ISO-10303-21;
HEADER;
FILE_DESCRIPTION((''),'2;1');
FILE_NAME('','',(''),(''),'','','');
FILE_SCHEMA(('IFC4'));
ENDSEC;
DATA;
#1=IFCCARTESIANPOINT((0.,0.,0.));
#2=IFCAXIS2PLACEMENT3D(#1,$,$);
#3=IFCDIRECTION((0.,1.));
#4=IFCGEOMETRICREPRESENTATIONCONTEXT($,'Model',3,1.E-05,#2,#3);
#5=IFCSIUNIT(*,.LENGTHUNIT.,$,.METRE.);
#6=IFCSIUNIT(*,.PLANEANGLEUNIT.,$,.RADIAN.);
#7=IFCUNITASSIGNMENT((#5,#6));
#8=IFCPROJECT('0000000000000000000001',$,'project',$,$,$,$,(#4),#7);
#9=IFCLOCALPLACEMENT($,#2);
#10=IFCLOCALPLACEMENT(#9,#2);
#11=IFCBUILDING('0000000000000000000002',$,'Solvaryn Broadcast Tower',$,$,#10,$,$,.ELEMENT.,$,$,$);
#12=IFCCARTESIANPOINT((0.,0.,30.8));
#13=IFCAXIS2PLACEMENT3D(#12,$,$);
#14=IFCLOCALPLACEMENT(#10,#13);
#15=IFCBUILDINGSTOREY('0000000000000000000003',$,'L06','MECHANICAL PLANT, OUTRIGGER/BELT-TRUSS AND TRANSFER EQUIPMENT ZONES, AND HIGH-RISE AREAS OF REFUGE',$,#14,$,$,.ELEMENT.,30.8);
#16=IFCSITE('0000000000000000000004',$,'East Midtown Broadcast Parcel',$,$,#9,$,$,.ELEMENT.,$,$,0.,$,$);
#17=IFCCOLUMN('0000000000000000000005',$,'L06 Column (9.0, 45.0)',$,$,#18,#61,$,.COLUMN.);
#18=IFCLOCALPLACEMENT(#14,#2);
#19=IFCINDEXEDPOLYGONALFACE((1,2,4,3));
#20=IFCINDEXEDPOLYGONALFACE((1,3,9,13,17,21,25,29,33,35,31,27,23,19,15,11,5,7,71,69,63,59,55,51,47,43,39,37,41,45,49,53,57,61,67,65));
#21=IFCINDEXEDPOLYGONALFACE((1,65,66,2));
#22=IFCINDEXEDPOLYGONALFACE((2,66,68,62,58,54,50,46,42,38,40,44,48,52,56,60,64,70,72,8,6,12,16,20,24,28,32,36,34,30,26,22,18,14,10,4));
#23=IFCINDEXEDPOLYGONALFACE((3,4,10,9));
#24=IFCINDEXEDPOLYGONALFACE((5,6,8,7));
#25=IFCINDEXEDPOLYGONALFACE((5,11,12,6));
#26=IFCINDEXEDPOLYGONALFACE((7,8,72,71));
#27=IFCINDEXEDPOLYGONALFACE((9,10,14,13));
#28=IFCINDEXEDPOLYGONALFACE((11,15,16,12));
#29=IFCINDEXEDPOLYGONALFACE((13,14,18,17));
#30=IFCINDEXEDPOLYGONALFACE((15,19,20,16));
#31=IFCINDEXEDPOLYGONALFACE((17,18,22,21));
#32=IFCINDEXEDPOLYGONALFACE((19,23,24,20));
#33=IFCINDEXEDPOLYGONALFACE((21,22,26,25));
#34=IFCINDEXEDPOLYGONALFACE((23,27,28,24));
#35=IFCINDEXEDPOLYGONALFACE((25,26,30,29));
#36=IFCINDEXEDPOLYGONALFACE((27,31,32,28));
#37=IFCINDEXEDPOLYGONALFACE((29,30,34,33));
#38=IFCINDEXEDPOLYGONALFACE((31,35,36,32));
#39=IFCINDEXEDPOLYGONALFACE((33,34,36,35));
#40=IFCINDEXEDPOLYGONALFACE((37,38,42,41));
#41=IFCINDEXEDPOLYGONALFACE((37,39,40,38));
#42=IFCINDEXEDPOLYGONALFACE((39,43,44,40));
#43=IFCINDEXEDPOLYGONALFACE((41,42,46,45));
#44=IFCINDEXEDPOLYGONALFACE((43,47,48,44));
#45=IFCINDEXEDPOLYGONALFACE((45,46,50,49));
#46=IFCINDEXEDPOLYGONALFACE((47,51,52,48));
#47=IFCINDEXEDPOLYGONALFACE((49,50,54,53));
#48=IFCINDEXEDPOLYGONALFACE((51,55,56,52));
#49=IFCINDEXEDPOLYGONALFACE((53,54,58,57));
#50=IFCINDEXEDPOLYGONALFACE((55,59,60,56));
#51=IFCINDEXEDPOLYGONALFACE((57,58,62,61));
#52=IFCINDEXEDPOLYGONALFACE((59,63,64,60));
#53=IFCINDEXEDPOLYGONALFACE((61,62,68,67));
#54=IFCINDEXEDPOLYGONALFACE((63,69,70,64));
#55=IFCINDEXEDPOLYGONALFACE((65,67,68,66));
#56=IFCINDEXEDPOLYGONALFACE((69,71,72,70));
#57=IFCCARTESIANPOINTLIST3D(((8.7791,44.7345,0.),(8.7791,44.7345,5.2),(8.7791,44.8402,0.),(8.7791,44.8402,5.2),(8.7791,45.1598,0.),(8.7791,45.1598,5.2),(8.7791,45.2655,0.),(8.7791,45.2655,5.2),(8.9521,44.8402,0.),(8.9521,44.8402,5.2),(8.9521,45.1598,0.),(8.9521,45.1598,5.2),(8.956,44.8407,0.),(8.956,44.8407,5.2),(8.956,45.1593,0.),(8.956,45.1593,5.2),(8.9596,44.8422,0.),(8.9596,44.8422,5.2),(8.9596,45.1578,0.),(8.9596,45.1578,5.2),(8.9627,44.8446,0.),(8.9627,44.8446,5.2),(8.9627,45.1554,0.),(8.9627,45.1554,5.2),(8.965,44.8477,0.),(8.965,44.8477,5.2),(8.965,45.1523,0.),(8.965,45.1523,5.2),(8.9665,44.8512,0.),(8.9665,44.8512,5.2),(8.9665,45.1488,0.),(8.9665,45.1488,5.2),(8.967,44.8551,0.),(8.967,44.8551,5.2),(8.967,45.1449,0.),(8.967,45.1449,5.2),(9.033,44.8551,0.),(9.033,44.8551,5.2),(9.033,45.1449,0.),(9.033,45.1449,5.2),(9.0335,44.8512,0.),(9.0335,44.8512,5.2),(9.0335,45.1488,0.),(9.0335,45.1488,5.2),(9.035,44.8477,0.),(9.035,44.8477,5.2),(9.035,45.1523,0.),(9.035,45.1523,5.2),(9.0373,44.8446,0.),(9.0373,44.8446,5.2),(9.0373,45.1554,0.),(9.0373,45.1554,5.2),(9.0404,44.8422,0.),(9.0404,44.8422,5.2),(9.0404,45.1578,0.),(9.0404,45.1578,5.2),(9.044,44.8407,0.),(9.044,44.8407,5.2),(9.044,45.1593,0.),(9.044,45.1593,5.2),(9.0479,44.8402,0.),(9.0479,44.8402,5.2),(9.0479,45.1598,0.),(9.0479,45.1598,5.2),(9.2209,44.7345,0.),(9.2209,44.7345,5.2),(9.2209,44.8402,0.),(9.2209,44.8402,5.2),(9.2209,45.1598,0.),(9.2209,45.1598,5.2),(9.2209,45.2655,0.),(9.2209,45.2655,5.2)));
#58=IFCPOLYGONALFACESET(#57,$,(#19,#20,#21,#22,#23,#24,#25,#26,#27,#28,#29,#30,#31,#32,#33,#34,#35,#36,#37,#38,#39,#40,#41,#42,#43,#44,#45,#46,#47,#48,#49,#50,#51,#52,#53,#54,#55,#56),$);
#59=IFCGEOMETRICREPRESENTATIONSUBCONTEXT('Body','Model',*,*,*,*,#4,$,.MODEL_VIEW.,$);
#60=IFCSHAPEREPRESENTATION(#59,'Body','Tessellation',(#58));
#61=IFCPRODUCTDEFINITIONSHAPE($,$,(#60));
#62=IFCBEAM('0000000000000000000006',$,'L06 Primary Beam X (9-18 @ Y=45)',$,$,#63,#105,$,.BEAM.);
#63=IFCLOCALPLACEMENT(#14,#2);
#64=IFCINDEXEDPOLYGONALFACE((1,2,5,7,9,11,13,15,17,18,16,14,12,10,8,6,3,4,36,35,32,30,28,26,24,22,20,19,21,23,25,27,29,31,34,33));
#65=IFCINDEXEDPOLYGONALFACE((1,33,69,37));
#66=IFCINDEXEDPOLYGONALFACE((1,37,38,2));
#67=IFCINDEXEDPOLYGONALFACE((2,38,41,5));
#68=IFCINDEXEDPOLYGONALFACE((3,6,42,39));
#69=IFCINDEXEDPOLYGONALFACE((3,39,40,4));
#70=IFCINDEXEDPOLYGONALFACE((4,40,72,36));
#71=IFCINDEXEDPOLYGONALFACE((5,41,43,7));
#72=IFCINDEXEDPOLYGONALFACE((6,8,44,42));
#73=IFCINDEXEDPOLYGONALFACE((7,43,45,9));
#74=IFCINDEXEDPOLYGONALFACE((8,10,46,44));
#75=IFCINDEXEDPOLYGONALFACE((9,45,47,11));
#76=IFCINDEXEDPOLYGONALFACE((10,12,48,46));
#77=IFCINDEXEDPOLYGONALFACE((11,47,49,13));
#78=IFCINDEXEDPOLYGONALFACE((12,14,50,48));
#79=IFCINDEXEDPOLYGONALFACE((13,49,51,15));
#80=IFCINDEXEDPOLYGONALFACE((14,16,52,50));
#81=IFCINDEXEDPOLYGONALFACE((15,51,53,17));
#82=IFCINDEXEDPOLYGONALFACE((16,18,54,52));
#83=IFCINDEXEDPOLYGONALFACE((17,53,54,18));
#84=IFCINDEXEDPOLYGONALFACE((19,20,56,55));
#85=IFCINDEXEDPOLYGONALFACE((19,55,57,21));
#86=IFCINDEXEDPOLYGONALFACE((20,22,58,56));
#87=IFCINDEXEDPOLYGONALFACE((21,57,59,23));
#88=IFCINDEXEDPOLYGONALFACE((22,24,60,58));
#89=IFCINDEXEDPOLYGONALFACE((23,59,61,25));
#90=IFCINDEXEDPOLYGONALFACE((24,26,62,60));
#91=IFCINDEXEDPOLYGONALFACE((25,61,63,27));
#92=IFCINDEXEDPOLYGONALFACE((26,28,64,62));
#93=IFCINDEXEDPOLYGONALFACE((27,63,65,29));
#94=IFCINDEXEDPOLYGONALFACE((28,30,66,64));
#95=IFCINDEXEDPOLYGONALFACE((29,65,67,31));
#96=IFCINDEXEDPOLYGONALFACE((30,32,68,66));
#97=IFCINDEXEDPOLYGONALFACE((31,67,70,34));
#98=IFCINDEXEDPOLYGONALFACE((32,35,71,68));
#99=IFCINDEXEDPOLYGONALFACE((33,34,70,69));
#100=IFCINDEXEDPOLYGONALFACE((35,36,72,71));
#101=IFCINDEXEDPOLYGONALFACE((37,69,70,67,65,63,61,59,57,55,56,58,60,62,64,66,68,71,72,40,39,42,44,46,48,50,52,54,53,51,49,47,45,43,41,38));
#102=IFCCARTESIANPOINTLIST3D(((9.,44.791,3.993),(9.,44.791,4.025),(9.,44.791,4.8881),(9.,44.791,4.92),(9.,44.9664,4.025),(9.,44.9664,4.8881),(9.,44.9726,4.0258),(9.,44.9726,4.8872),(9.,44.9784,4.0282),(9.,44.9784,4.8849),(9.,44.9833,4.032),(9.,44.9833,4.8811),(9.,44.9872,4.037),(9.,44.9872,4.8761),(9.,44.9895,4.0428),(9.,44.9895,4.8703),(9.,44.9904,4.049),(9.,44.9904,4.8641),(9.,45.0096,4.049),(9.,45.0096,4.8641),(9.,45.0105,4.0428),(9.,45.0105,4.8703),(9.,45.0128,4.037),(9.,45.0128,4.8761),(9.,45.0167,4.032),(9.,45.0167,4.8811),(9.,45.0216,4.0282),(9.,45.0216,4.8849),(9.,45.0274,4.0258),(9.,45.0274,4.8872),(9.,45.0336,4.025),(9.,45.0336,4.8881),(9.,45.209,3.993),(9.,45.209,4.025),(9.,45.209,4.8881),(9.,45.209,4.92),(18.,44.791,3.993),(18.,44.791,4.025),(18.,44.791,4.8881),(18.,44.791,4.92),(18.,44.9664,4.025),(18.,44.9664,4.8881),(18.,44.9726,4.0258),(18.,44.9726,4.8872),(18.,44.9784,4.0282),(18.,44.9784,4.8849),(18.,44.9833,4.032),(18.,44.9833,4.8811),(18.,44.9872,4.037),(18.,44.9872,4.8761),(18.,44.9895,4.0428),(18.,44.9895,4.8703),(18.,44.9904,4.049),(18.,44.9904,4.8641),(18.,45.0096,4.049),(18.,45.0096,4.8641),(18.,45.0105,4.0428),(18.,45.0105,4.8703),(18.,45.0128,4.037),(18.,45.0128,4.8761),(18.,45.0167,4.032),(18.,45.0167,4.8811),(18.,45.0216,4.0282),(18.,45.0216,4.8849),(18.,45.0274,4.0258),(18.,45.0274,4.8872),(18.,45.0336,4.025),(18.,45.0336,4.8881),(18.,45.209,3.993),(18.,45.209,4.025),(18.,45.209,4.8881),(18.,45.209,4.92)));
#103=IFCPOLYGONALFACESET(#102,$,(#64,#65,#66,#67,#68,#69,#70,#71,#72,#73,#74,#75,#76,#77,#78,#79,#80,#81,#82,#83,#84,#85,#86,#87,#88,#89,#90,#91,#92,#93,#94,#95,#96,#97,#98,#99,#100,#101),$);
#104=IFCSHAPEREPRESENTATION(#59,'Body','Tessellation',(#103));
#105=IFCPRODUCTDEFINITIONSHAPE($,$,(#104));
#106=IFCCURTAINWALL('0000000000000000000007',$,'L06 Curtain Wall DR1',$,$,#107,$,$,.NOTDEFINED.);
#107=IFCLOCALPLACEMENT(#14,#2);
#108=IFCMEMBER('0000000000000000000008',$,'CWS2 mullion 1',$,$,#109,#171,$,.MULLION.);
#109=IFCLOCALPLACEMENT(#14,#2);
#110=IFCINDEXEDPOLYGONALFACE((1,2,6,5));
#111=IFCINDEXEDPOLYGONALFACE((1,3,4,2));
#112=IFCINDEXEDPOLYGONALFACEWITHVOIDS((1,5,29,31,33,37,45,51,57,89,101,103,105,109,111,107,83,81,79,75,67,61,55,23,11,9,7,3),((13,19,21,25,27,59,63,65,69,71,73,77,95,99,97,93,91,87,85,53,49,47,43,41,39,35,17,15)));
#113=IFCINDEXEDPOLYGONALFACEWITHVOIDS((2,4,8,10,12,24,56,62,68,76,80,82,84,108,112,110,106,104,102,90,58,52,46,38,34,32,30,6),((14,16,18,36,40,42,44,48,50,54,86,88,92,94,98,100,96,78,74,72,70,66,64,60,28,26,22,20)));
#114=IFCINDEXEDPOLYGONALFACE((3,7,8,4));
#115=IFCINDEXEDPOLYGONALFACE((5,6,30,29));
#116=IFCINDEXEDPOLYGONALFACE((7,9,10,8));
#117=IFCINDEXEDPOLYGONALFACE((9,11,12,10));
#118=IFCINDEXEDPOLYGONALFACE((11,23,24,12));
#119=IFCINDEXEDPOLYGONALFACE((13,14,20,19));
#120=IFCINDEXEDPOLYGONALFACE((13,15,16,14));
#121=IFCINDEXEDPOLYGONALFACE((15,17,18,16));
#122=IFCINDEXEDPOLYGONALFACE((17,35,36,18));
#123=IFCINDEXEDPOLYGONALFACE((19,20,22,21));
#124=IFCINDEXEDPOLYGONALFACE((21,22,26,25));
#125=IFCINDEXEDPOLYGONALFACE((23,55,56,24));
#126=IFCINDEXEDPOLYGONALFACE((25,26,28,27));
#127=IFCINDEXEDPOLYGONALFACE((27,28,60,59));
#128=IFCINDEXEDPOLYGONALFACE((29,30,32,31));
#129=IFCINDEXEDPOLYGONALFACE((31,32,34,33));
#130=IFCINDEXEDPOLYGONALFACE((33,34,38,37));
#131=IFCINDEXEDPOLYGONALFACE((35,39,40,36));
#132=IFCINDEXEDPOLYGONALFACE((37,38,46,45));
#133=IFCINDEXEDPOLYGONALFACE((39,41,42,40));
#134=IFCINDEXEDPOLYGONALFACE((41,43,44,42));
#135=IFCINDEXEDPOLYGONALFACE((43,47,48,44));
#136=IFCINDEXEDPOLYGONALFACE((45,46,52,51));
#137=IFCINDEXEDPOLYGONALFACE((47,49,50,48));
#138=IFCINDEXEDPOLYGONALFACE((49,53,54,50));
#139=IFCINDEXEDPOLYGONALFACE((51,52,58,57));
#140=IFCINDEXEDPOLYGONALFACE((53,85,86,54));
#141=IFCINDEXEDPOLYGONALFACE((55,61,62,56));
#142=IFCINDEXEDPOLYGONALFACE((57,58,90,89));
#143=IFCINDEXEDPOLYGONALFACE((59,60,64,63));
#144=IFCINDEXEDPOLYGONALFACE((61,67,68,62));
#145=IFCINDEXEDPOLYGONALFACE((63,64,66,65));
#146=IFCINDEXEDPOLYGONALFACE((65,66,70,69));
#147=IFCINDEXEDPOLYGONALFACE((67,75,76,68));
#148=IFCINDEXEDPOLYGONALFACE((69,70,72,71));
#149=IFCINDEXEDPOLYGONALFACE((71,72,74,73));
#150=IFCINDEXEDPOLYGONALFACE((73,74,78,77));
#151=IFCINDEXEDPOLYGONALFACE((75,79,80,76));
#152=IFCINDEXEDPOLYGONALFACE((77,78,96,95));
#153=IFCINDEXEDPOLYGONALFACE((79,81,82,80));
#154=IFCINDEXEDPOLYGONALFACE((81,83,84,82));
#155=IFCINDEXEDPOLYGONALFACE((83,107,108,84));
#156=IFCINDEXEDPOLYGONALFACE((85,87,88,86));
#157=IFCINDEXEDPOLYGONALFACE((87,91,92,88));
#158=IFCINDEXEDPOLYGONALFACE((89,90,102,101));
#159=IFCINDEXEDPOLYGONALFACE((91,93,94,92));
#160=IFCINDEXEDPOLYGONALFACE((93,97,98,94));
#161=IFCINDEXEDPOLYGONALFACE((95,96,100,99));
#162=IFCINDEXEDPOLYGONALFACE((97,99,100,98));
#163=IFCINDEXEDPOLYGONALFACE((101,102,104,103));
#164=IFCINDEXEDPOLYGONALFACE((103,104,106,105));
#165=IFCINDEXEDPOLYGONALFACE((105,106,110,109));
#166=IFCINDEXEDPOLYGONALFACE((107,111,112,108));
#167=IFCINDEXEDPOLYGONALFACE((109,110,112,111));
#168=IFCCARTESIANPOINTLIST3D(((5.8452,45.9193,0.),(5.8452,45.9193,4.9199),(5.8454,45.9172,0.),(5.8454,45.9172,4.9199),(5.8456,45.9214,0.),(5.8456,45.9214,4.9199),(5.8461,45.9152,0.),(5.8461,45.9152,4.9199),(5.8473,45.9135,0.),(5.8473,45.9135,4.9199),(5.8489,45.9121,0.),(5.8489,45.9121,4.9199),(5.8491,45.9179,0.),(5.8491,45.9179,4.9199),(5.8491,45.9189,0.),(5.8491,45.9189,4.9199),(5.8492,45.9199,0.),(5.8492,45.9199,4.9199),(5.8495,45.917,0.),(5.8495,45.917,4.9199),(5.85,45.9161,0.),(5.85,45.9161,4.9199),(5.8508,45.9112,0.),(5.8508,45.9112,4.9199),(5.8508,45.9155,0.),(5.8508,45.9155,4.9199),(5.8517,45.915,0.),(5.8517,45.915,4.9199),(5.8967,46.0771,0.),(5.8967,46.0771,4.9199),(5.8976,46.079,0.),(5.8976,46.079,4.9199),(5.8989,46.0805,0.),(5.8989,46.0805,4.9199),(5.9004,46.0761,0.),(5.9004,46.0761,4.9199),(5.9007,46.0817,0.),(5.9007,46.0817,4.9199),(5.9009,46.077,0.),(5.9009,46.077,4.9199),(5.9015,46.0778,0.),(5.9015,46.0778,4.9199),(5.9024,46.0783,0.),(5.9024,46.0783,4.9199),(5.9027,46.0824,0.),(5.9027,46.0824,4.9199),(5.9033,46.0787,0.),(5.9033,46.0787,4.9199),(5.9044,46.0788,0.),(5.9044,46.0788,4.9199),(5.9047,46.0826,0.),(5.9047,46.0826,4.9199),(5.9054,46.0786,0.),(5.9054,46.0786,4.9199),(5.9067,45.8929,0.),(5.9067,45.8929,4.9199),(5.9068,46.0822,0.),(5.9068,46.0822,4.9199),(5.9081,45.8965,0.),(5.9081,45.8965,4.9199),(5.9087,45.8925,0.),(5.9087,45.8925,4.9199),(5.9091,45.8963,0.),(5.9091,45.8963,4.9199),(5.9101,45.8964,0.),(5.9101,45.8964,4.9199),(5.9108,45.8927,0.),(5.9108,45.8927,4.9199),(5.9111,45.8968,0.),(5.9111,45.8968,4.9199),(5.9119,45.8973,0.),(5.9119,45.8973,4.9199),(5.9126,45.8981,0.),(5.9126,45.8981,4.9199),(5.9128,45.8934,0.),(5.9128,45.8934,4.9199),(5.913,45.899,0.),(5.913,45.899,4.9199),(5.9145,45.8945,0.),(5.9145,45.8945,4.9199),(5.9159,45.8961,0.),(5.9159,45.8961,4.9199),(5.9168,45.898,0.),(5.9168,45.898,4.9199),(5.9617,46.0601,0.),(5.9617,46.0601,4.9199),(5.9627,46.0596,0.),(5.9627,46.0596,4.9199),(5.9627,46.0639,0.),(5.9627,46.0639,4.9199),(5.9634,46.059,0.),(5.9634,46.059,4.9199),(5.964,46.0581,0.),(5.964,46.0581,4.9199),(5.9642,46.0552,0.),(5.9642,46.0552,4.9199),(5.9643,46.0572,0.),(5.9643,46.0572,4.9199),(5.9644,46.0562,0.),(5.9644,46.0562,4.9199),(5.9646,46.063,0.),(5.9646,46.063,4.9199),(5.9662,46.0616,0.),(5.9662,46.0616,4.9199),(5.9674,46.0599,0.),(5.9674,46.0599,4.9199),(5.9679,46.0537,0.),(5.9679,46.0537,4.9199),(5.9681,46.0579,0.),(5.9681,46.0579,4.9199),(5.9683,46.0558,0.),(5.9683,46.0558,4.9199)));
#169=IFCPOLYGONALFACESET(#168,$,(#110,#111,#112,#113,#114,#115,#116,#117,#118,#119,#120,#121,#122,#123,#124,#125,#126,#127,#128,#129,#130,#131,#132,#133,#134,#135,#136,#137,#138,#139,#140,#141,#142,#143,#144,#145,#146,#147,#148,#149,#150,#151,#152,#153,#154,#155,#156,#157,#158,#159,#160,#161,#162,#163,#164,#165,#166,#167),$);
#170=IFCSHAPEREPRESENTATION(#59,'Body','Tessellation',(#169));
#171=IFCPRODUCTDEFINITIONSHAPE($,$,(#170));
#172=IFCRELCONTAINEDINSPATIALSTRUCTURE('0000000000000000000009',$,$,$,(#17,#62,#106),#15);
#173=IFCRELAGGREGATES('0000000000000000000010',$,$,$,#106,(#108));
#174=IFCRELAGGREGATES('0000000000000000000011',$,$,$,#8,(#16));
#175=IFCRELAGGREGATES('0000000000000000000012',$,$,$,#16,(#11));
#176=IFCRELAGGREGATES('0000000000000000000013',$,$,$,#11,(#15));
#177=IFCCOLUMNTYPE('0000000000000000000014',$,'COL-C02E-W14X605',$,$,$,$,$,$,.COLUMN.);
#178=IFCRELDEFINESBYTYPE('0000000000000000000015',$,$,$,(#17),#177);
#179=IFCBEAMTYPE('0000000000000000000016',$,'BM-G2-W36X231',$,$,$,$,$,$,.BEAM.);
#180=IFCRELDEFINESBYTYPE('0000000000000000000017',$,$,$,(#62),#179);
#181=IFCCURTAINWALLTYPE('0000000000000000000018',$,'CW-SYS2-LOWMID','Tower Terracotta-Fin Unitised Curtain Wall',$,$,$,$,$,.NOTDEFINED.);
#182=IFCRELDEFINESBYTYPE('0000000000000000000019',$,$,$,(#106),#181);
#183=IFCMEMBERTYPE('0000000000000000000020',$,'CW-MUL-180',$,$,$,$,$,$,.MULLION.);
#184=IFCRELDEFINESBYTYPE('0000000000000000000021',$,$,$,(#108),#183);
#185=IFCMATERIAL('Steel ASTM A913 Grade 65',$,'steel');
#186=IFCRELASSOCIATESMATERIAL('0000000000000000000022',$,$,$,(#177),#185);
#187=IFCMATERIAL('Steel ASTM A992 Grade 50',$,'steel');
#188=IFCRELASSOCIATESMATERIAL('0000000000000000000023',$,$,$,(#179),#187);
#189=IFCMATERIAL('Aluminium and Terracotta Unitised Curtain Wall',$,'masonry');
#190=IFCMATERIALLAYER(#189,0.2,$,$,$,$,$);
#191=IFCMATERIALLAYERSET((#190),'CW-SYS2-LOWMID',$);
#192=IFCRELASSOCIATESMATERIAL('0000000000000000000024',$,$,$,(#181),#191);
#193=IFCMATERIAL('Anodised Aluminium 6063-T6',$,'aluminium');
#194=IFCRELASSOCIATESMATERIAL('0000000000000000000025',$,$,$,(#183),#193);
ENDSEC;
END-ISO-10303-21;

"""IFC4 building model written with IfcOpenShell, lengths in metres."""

from ifc_helpers import new_model, si_unit, direction, frame, origin, origin_2d, place, context, subcontext, project, spatial, hollow_rectangle, i_section, extrude, material, layer, layer_set, material_profile, profile_set, type_object, element, aggregate, save


model = new_model("IFC4")

# Units and contexts
model_context = context("Model", 3, precision=1e-05, world=origin(), true_north=direction((0.0, 1.0)))
body_context = subcontext(model_context, "Body", "Model", "MODEL_VIEW")
ifc_project = project(units=[si_unit("LENGTHUNIT", "METRE"), si_unit("PLANEANGLEUNIT", "RADIAN")], contexts=[model_context])

# Site, building, storey
site_placement = place(None, origin())
site = spatial("IfcSite", under=ifc_project, at=site_placement, Name="East Midtown Broadcast Parcel", CompositionType="ELEMENT", RefElevation=0.0)
building_placement = place(site_placement, origin())
building = spatial("IfcBuilding", under=site, at=building_placement, Name="Solvaryn Broadcast Tower", CompositionType="ELEMENT")
storey_placement = place(building_placement, frame((0.0, 0.0, 30.8)))
storey = spatial("IfcBuildingStorey", under=building, at=storey_placement, Name="L06", Description="MECHANICAL PLANT, OUTRIGGER/BELT-TRUSS AND TRANSFER EQUIPMENT ZONES, AND HIGH-RISE AREAS OF REFUGE", CompositionType="ELEMENT", Elevation=30.8)

# Column
ifc_material_1 = material(Name="Steel ASTM A913 Grade 65", Category="steel")
ifc_material_profile_1 = material_profile(ifc_material_1, i_section(OverallWidth=0.4419, OverallDepth=0.531, WebThickness=0.0659, FlangeThickness=0.1057, FilletRadius=0.0149, at=origin_2d()))
ifc_profile_set_1 = profile_set([ifc_material_profile_1], Name="Steel ASTM A913 Grade 65")
column_type = type_object("IfcColumnType", Name="COL-C02E-W14X605", PredefinedType="COLUMN", material=ifc_profile_set_1)
column_placement = place(storey_placement, frame((9.0, 45.0, 0.0), z_axis=(0.0, 0.0, 1.0), x_axis=(1.0, 0.0, 0.0)))
element("IfcColumn", 1, at=column_placement, inside=storey, type_object=column_type, Name="L06 Column (9.0, 45.0)", PredefinedType="COLUMN", context=body_context, shape_type="SweptSolid", body=[
    extrude(i_section(OverallWidth=0.4419, OverallDepth=0.531, WebThickness=0.0659, FlangeThickness=0.1057, FilletRadius=0.0149, at=origin_2d()), origin(), (0.0, 0.0, 1.0), 5.2),
])

# Beam
ifc_material_2 = material(Name="Steel ASTM A992 Grade 50", Category="steel")
ifc_material_profile_2 = material_profile(ifc_material_2, i_section(OverallWidth=0.418, OverallDepth=0.927, WebThickness=0.0193, FlangeThickness=0.032, FilletRadius=0.0239, at=origin_2d()))
ifc_profile_set_2 = profile_set([ifc_material_profile_2], Name="Steel ASTM A992 Grade 50")
beam_type = type_object("IfcBeamType", Name="BM-G2-W36X231", PredefinedType="BEAM", material=ifc_profile_set_2)
beam_placement = place(storey_placement, frame((9.0, 45.0, 4.4565), z_axis=(1.0, 0.0, 0.0), x_axis=(0.0, 1.0, 0.0)))
element("IfcBeam", 2, at=beam_placement, inside=storey, type_object=beam_type, Name="L06 Primary Beam X (9-18 @ Y=45)", PredefinedType="BEAM", context=body_context, shape_type="SweptSolid", body=[
    extrude(i_section(OverallWidth=0.418, OverallDepth=0.927, WebThickness=0.0193, FlangeThickness=0.032, FilletRadius=0.0239, at=origin_2d()), origin(), (0.0, 0.0, 1.0), 9.0),
])

# Curtain wall, member
ifc_material_3 = material(Name="Aluminium and Terracotta Unitised Curtain Wall", Category="masonry")
ifc_layer_1 = layer(ifc_material_3, 0.2)
ifc_layer_set_1 = layer_set([ifc_layer_1], Name="CW-SYS2-LOWMID")
curtain_wall_type = type_object("IfcCurtainWallType", Name="CW-SYS2-LOWMID", Description="Tower Terracotta-Fin Unitised Curtain Wall", PredefinedType="NOTDEFINED", material=ifc_layer_set_1)
curtain_wall_1_placement = place(storey_placement, origin())
curtain_wall_1 = element("IfcCurtainWall", 3, at=curtain_wall_1_placement, inside=storey, type_object=curtain_wall_type, Name="L06 Curtain Wall DR1", PredefinedType="NOTDEFINED")
ifc_material_4 = material(Name="Anodised Aluminium 6063-T6", Category="aluminium")
ifc_material_profile_3 = material_profile(ifc_material_4, hollow_rectangle(XDim=0.075, YDim=0.1799, WallThickness=0.0039, InnerFilletRadius=0.0039, OuterFilletRadius=0.0081, at=origin_2d()))
ifc_profile_set_3 = profile_set([ifc_material_profile_3], Name="Anodised Aluminium 6063-T6")
member_type_1 = type_object("IfcMemberType", Name="CW-MUL-180", PredefinedType="MULLION", material=ifc_profile_set_3)
member_1_placement = place(storey_placement, frame((5.9067, 45.9875, 0.0), z_axis=(0.0, 0.0, 1.0), x_axis=(0.950215, -0.311594, 0.0)))
member_1 = element("IfcMember", 4, at=member_1_placement, type_object=member_type_1, Name="CWS2 mullion 1", PredefinedType="MULLION", context=body_context, shape_type="SweptSolid", body=[
    extrude(hollow_rectangle(XDim=0.075, YDim=0.1799, WallThickness=0.0039, InnerFilletRadius=0.0039, OuterFilletRadius=0.0081, at=origin_2d()), origin(), (0.0, 0.0, 1.0), 4.9199),
])

aggregate(curtain_wall_1, [member_1])

save(model, "model.ifc")
